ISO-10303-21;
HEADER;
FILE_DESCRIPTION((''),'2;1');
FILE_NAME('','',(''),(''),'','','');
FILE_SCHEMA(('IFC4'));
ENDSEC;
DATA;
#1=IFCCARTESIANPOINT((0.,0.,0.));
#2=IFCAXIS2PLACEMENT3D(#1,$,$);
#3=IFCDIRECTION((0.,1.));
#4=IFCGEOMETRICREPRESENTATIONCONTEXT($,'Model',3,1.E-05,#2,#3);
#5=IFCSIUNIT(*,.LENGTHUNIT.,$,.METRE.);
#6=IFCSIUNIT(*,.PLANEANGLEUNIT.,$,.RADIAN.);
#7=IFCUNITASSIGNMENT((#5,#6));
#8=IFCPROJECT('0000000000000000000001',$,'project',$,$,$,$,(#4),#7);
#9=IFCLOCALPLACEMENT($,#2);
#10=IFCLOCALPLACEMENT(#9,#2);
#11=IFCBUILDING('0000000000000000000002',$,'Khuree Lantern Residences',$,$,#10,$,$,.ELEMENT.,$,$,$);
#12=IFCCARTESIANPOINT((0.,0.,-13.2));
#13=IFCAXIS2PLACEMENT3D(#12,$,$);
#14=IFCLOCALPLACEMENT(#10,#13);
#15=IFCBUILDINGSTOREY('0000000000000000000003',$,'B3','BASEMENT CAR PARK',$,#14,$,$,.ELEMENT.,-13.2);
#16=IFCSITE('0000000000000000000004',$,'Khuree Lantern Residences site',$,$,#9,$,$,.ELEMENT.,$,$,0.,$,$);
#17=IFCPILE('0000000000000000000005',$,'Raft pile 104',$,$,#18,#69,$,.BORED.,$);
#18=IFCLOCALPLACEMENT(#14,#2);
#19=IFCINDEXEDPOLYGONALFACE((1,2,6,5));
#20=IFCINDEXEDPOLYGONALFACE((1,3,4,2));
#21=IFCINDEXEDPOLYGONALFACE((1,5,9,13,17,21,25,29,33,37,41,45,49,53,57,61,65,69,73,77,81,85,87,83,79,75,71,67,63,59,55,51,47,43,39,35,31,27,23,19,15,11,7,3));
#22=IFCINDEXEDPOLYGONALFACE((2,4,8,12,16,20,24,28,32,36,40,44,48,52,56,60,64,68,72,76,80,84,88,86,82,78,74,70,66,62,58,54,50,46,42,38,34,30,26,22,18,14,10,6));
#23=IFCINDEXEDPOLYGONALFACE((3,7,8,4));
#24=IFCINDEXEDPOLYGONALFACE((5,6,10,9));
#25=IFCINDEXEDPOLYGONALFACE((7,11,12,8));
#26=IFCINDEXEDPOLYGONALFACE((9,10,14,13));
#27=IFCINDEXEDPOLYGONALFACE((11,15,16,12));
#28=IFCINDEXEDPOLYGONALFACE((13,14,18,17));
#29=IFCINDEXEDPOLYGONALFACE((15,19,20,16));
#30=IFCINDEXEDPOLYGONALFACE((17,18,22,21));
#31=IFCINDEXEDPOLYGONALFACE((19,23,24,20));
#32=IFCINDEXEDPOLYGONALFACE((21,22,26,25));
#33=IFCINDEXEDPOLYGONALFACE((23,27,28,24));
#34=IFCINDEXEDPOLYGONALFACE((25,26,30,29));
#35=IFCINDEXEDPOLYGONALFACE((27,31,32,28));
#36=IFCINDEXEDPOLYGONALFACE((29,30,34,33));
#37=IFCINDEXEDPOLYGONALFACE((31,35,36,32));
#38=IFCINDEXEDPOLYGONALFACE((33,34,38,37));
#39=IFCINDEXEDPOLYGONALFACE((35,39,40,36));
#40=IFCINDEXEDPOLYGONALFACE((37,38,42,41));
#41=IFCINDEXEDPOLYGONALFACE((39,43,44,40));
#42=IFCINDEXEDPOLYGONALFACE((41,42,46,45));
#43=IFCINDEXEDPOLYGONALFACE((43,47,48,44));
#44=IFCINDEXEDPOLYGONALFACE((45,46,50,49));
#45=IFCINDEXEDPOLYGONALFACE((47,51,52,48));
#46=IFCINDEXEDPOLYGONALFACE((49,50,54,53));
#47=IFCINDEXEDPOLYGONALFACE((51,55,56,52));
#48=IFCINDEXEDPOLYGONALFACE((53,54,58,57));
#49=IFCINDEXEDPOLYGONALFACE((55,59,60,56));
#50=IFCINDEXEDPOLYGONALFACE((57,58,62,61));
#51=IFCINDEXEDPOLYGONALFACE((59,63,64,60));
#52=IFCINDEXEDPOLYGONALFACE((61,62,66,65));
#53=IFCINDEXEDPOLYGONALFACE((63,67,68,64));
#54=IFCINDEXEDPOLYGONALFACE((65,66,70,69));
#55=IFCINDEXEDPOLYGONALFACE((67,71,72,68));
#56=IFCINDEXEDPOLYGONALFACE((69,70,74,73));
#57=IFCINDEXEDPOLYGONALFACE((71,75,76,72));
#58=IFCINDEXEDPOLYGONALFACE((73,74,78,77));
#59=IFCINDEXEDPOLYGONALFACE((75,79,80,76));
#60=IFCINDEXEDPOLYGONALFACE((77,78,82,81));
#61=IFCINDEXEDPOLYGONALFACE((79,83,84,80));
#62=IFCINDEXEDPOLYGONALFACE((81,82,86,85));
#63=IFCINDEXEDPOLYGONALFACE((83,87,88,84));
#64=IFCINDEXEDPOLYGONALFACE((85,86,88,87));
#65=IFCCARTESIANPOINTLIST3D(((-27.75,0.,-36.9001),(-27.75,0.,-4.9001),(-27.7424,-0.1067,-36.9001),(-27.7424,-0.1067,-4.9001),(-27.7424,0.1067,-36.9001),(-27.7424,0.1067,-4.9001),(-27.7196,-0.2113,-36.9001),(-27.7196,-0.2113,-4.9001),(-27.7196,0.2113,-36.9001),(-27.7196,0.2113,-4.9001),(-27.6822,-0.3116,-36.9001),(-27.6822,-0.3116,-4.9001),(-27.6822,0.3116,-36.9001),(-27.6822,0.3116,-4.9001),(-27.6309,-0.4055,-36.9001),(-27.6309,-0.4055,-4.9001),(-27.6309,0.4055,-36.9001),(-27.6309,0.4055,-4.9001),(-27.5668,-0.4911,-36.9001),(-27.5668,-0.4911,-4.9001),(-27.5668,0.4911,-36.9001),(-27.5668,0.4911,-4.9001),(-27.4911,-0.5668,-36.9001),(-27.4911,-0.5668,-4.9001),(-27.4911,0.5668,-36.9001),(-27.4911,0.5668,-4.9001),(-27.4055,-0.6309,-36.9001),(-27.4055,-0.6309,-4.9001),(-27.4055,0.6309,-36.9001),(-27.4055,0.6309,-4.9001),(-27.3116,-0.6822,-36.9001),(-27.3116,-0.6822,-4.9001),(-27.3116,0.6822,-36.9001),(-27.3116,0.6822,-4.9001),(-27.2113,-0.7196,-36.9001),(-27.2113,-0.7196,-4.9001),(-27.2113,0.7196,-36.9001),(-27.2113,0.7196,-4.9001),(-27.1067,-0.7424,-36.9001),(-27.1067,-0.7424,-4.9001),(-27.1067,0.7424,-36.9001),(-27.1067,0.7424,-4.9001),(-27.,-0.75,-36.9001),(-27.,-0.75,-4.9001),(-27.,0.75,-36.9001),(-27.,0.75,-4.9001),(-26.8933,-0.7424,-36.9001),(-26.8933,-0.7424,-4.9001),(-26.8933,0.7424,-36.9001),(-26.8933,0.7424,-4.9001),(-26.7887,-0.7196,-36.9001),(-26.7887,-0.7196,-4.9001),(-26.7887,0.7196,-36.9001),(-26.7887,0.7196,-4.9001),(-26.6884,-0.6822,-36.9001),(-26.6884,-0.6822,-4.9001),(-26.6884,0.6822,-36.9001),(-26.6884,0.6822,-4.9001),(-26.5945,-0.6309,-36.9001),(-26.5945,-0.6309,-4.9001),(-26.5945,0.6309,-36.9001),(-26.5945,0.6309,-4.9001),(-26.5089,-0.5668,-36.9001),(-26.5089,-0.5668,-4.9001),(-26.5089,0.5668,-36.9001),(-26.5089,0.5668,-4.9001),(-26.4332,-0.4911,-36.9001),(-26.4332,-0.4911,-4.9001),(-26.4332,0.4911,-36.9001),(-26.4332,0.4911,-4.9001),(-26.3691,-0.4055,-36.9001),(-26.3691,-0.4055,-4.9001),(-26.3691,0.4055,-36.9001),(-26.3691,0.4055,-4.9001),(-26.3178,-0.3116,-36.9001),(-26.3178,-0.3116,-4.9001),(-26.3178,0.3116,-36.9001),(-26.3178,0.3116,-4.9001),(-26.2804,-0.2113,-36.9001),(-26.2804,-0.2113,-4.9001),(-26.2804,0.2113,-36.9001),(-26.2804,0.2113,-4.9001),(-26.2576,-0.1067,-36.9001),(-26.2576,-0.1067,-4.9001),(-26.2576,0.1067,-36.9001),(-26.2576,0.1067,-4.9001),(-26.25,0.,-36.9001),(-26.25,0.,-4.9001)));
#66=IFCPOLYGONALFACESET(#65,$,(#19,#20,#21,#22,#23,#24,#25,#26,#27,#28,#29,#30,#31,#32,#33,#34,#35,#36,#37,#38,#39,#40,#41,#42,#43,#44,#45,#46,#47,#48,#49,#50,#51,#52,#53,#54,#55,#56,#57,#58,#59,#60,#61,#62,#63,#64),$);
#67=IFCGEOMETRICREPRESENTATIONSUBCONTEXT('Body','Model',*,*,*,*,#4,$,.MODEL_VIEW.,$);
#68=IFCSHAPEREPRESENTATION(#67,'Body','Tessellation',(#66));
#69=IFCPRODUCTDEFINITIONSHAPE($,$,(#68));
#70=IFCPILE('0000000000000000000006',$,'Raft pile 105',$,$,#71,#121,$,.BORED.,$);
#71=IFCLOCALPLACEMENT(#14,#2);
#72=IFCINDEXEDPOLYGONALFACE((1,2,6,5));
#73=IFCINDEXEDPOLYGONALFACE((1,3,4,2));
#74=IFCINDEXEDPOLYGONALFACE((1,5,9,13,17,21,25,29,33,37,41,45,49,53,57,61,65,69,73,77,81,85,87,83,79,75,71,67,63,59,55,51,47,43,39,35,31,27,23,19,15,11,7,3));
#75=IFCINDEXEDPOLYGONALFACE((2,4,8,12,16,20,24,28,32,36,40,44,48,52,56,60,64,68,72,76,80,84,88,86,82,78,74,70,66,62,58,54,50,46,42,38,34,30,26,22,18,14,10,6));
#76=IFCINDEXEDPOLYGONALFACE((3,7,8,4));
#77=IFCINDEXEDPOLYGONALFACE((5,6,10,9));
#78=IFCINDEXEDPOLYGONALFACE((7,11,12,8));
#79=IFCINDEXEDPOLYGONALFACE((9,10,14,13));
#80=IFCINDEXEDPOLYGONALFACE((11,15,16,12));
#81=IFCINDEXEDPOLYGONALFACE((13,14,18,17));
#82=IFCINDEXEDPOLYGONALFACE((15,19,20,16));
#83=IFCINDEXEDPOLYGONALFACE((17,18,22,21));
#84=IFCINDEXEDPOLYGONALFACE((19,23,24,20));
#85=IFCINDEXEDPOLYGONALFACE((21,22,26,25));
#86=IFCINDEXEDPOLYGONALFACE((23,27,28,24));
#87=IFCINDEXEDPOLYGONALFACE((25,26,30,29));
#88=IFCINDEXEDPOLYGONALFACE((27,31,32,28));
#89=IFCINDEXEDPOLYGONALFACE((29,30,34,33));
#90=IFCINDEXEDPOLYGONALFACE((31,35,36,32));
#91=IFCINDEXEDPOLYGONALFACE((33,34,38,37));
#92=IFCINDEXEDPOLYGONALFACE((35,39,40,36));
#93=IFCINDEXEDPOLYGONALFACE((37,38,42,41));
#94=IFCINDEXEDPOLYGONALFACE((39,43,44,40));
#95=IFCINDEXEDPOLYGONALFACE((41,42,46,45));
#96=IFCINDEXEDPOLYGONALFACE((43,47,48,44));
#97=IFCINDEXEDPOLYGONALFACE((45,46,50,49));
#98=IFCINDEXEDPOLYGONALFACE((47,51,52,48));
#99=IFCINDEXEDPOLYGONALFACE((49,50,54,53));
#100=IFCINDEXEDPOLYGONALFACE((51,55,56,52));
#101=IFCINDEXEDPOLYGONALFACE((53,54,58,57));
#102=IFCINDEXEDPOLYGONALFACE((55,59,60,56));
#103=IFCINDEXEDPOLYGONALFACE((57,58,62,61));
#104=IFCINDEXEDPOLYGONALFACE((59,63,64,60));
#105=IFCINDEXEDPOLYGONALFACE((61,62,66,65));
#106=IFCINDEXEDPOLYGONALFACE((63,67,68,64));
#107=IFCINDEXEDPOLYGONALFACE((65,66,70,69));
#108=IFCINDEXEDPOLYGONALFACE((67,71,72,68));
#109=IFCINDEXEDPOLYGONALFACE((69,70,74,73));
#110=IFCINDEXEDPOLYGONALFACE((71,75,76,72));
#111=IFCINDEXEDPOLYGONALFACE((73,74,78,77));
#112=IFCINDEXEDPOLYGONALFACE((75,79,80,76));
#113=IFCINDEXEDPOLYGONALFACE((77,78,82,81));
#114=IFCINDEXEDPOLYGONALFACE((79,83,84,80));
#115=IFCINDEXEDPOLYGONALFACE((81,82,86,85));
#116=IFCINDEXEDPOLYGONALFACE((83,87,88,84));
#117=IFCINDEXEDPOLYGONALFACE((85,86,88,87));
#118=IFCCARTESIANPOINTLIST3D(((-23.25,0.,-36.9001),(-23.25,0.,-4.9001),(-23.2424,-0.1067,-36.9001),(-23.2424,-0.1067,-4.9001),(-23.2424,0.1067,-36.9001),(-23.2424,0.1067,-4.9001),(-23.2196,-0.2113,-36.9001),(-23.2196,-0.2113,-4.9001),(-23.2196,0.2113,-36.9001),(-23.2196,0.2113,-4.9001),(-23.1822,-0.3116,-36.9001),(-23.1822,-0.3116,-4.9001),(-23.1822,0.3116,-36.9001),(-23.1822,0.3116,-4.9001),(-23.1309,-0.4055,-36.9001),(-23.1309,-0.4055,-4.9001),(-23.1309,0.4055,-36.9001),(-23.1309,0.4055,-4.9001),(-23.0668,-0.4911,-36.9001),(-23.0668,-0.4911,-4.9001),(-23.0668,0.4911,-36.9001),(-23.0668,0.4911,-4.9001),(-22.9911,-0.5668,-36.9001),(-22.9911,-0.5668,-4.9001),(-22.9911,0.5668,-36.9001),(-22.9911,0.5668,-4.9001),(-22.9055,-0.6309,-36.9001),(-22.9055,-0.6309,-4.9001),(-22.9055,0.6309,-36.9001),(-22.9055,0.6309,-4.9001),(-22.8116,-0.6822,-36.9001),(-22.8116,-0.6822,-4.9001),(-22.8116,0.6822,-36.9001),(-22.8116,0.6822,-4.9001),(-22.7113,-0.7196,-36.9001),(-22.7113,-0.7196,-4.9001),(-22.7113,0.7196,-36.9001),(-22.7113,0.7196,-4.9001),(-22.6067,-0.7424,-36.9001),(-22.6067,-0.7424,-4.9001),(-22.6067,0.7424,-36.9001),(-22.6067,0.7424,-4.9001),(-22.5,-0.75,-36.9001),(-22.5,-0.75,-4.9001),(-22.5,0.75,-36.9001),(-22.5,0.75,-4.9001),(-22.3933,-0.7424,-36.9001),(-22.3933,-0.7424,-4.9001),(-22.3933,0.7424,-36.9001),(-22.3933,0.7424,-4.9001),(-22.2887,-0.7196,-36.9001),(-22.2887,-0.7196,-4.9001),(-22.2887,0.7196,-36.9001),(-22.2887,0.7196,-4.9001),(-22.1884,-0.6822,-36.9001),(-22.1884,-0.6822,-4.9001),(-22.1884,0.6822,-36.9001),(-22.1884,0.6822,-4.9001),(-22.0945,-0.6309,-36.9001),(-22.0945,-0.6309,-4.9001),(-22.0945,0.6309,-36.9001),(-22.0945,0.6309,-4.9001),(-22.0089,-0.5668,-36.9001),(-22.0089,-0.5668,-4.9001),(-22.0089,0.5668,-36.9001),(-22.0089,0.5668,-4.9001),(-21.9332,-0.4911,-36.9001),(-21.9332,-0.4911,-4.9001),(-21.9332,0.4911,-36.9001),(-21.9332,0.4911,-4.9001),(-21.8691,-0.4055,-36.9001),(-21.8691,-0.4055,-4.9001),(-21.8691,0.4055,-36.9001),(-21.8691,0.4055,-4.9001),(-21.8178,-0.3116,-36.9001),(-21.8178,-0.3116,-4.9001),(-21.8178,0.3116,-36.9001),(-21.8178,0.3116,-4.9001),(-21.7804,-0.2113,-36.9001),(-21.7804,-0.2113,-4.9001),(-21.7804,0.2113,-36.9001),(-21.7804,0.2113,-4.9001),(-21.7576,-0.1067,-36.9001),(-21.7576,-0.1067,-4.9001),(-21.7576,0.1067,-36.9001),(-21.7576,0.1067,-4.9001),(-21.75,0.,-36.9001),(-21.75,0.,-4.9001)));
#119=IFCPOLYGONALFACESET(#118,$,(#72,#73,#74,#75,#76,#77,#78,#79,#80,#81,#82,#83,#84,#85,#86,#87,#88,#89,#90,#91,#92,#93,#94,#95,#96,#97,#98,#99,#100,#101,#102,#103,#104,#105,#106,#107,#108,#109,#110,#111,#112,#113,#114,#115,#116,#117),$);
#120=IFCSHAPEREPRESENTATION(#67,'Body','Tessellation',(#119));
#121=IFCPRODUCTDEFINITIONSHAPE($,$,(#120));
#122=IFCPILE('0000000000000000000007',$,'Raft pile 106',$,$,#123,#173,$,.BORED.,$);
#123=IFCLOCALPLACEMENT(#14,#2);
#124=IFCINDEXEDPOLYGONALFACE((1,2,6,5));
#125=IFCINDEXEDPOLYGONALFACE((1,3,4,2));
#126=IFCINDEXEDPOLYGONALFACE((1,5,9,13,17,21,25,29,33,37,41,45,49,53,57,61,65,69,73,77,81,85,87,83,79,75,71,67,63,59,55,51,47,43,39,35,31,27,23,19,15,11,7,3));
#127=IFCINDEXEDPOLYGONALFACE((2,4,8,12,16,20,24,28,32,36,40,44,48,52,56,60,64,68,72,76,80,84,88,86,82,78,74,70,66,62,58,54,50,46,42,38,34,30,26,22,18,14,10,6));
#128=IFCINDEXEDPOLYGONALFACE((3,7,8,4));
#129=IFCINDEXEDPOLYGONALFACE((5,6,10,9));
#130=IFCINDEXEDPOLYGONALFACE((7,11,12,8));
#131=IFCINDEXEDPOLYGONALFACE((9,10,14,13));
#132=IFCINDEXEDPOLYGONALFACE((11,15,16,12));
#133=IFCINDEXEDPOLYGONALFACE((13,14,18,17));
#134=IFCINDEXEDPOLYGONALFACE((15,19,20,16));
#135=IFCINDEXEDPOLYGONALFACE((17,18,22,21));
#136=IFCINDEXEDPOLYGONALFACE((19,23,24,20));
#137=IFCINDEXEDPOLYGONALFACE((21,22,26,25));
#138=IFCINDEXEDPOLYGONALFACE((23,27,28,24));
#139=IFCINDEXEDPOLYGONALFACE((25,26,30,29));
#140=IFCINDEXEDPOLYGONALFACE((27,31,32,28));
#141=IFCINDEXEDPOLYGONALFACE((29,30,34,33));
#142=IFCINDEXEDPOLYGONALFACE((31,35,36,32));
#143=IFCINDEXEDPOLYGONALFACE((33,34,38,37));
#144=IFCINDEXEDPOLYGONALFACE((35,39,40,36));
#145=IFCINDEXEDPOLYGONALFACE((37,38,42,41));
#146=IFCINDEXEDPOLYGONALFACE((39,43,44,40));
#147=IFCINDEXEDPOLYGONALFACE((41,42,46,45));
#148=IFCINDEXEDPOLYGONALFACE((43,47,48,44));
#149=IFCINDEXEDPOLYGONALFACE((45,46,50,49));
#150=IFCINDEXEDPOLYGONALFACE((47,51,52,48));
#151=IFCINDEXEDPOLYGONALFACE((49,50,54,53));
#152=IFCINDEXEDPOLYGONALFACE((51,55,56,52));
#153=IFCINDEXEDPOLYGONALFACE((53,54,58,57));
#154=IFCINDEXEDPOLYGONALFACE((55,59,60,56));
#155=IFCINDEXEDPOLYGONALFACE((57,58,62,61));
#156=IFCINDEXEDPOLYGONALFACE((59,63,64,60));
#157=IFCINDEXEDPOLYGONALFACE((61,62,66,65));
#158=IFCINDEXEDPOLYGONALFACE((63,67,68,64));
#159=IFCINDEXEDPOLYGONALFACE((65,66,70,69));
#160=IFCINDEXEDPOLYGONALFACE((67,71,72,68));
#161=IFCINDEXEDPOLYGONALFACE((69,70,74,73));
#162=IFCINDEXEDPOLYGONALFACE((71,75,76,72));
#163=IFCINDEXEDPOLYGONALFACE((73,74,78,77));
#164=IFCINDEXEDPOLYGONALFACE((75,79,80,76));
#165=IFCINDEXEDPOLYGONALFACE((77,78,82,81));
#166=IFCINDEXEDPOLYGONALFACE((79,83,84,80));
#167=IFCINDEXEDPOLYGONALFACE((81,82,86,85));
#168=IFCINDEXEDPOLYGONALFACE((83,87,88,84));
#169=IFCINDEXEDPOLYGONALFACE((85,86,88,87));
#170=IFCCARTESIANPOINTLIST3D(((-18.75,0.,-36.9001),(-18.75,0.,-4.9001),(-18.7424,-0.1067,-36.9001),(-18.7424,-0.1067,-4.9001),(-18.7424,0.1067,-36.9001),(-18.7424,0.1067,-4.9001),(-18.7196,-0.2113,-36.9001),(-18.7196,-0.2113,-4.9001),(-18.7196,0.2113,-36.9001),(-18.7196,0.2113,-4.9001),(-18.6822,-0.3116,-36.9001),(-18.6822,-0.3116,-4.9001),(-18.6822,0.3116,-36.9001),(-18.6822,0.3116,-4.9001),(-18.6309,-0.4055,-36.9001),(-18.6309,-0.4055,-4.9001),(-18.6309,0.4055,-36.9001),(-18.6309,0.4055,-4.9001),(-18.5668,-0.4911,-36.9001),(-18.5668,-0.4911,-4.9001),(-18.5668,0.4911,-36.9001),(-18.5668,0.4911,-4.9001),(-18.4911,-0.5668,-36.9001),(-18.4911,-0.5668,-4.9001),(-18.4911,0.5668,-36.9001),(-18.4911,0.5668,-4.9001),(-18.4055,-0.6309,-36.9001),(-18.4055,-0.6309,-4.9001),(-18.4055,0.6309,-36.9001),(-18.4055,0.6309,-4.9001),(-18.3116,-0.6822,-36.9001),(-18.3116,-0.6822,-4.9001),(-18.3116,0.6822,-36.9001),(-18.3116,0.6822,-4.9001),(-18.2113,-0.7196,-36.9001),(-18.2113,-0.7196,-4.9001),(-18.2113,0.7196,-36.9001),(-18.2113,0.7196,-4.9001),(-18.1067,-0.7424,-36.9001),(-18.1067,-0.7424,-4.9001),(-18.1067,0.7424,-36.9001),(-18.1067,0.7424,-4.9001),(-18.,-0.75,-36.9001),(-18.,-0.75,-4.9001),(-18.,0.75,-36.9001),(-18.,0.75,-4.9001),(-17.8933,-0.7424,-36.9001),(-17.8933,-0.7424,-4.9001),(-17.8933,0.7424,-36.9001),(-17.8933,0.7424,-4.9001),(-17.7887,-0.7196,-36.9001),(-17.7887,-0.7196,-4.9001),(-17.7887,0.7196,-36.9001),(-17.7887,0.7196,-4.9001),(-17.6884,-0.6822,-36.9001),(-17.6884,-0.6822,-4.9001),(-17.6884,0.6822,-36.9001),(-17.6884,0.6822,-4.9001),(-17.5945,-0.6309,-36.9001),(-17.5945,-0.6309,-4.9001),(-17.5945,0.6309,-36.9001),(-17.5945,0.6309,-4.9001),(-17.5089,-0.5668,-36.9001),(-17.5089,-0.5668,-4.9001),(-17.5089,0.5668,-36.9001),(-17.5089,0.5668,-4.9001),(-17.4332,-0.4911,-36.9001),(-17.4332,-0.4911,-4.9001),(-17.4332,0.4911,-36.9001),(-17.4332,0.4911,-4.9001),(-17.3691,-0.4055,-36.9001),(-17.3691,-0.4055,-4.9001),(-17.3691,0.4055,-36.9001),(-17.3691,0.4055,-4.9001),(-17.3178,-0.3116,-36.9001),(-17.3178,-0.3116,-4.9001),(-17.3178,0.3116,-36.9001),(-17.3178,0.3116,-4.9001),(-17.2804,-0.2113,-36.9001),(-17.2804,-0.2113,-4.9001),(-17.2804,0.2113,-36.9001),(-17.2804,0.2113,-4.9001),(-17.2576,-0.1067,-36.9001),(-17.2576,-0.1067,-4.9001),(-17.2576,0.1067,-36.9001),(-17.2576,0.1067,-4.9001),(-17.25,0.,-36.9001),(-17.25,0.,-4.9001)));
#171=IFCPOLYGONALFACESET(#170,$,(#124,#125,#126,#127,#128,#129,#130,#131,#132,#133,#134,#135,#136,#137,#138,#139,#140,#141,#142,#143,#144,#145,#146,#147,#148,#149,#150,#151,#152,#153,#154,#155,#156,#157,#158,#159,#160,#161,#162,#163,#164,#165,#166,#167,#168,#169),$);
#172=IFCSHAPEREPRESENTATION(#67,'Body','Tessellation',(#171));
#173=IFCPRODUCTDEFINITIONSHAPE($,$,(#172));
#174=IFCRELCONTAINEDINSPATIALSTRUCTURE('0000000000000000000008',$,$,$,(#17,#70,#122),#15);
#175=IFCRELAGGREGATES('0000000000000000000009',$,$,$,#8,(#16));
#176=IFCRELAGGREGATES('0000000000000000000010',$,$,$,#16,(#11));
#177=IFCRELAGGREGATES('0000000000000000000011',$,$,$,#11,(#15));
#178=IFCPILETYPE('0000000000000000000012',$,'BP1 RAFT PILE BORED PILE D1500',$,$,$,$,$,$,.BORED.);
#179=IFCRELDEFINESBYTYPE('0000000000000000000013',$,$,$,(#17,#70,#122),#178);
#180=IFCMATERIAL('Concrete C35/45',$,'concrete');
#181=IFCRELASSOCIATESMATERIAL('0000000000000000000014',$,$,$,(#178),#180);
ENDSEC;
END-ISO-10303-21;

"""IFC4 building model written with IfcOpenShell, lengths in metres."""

from ifc_helpers import new_model, si_unit, direction, frame, origin, origin_2d, place, context, subcontext, project, spatial, circle, extrude, material, material_profile, profile_set, type_object, element, save


model = new_model("IFC4")

# Units and contexts
model_context = context("Model", 3, precision=1e-05, world=origin(), true_north=direction((0.0, 1.0)))
body_context = subcontext(model_context, "Body", "Model", "MODEL_VIEW")
ifc_project = project(units=[si_unit("LENGTHUNIT", "METRE"), si_unit("PLANEANGLEUNIT", "RADIAN")], contexts=[model_context])

# Site, building, storey
site_placement = place(None, origin())
site = spatial("IfcSite", under=ifc_project, at=site_placement, Name="Khuree Lantern Residences site", CompositionType="ELEMENT", RefElevation=0.0)
building_placement = place(site_placement, origin())
building = spatial("IfcBuilding", under=site, at=building_placement, Name="Khuree Lantern Residences", CompositionType="ELEMENT")
storey_placement = place(building_placement, frame((0.0, 0.0, -13.2)))
storey = spatial("IfcBuildingStorey", under=building, at=storey_placement, Name="B3", Description="BASEMENT CAR PARK", CompositionType="ELEMENT", Elevation=-13.2)

# Piles
ifc_material_1 = material(Name="Concrete C35/45", Category="concrete")
ifc_material_profile_1 = material_profile(ifc_material_1, circle(Radius=0.75, at=origin_2d()), Name="BORED PILE D1500")
ifc_profile_set_1 = profile_set([ifc_material_profile_1], Name="Concrete C35/45")
pile_type = type_object("IfcPileType", Name="BP1 RAFT PILE BORED PILE D1500", PredefinedType="BORED", material=ifc_profile_set_1)
for number, where, z_axis, x_axis, name in (
    (1, (-27.0, 0.0, -4.9001), (0.0, 0.0, -1.0), (1.0, 0.0, 0.0), "Raft pile 104"),
    (2, (-22.5, 0.0, -4.9001), (0.0, 0.0, -1.0), (1.0, 0.0, 0.0), "Raft pile 105"),
    (3, (-18.0, 0.0, -4.9001), (0.0, 0.0, -1.0), (1.0, 0.0, 0.0), "Raft pile 106"),
):
    element("IfcPile", number, at=place(storey_placement, frame(where, z_axis=z_axis, x_axis=x_axis)), inside=storey, type_object=pile_type, Name=name, PredefinedType="BORED", context=body_context, shape_type="SweptSolid", body=[
        extrude(circle(Radius=0.75, at=origin_2d()), origin(), (0.0, 0.0, 1.0), 32.0),
    ])

save(model, "model.ifc")
